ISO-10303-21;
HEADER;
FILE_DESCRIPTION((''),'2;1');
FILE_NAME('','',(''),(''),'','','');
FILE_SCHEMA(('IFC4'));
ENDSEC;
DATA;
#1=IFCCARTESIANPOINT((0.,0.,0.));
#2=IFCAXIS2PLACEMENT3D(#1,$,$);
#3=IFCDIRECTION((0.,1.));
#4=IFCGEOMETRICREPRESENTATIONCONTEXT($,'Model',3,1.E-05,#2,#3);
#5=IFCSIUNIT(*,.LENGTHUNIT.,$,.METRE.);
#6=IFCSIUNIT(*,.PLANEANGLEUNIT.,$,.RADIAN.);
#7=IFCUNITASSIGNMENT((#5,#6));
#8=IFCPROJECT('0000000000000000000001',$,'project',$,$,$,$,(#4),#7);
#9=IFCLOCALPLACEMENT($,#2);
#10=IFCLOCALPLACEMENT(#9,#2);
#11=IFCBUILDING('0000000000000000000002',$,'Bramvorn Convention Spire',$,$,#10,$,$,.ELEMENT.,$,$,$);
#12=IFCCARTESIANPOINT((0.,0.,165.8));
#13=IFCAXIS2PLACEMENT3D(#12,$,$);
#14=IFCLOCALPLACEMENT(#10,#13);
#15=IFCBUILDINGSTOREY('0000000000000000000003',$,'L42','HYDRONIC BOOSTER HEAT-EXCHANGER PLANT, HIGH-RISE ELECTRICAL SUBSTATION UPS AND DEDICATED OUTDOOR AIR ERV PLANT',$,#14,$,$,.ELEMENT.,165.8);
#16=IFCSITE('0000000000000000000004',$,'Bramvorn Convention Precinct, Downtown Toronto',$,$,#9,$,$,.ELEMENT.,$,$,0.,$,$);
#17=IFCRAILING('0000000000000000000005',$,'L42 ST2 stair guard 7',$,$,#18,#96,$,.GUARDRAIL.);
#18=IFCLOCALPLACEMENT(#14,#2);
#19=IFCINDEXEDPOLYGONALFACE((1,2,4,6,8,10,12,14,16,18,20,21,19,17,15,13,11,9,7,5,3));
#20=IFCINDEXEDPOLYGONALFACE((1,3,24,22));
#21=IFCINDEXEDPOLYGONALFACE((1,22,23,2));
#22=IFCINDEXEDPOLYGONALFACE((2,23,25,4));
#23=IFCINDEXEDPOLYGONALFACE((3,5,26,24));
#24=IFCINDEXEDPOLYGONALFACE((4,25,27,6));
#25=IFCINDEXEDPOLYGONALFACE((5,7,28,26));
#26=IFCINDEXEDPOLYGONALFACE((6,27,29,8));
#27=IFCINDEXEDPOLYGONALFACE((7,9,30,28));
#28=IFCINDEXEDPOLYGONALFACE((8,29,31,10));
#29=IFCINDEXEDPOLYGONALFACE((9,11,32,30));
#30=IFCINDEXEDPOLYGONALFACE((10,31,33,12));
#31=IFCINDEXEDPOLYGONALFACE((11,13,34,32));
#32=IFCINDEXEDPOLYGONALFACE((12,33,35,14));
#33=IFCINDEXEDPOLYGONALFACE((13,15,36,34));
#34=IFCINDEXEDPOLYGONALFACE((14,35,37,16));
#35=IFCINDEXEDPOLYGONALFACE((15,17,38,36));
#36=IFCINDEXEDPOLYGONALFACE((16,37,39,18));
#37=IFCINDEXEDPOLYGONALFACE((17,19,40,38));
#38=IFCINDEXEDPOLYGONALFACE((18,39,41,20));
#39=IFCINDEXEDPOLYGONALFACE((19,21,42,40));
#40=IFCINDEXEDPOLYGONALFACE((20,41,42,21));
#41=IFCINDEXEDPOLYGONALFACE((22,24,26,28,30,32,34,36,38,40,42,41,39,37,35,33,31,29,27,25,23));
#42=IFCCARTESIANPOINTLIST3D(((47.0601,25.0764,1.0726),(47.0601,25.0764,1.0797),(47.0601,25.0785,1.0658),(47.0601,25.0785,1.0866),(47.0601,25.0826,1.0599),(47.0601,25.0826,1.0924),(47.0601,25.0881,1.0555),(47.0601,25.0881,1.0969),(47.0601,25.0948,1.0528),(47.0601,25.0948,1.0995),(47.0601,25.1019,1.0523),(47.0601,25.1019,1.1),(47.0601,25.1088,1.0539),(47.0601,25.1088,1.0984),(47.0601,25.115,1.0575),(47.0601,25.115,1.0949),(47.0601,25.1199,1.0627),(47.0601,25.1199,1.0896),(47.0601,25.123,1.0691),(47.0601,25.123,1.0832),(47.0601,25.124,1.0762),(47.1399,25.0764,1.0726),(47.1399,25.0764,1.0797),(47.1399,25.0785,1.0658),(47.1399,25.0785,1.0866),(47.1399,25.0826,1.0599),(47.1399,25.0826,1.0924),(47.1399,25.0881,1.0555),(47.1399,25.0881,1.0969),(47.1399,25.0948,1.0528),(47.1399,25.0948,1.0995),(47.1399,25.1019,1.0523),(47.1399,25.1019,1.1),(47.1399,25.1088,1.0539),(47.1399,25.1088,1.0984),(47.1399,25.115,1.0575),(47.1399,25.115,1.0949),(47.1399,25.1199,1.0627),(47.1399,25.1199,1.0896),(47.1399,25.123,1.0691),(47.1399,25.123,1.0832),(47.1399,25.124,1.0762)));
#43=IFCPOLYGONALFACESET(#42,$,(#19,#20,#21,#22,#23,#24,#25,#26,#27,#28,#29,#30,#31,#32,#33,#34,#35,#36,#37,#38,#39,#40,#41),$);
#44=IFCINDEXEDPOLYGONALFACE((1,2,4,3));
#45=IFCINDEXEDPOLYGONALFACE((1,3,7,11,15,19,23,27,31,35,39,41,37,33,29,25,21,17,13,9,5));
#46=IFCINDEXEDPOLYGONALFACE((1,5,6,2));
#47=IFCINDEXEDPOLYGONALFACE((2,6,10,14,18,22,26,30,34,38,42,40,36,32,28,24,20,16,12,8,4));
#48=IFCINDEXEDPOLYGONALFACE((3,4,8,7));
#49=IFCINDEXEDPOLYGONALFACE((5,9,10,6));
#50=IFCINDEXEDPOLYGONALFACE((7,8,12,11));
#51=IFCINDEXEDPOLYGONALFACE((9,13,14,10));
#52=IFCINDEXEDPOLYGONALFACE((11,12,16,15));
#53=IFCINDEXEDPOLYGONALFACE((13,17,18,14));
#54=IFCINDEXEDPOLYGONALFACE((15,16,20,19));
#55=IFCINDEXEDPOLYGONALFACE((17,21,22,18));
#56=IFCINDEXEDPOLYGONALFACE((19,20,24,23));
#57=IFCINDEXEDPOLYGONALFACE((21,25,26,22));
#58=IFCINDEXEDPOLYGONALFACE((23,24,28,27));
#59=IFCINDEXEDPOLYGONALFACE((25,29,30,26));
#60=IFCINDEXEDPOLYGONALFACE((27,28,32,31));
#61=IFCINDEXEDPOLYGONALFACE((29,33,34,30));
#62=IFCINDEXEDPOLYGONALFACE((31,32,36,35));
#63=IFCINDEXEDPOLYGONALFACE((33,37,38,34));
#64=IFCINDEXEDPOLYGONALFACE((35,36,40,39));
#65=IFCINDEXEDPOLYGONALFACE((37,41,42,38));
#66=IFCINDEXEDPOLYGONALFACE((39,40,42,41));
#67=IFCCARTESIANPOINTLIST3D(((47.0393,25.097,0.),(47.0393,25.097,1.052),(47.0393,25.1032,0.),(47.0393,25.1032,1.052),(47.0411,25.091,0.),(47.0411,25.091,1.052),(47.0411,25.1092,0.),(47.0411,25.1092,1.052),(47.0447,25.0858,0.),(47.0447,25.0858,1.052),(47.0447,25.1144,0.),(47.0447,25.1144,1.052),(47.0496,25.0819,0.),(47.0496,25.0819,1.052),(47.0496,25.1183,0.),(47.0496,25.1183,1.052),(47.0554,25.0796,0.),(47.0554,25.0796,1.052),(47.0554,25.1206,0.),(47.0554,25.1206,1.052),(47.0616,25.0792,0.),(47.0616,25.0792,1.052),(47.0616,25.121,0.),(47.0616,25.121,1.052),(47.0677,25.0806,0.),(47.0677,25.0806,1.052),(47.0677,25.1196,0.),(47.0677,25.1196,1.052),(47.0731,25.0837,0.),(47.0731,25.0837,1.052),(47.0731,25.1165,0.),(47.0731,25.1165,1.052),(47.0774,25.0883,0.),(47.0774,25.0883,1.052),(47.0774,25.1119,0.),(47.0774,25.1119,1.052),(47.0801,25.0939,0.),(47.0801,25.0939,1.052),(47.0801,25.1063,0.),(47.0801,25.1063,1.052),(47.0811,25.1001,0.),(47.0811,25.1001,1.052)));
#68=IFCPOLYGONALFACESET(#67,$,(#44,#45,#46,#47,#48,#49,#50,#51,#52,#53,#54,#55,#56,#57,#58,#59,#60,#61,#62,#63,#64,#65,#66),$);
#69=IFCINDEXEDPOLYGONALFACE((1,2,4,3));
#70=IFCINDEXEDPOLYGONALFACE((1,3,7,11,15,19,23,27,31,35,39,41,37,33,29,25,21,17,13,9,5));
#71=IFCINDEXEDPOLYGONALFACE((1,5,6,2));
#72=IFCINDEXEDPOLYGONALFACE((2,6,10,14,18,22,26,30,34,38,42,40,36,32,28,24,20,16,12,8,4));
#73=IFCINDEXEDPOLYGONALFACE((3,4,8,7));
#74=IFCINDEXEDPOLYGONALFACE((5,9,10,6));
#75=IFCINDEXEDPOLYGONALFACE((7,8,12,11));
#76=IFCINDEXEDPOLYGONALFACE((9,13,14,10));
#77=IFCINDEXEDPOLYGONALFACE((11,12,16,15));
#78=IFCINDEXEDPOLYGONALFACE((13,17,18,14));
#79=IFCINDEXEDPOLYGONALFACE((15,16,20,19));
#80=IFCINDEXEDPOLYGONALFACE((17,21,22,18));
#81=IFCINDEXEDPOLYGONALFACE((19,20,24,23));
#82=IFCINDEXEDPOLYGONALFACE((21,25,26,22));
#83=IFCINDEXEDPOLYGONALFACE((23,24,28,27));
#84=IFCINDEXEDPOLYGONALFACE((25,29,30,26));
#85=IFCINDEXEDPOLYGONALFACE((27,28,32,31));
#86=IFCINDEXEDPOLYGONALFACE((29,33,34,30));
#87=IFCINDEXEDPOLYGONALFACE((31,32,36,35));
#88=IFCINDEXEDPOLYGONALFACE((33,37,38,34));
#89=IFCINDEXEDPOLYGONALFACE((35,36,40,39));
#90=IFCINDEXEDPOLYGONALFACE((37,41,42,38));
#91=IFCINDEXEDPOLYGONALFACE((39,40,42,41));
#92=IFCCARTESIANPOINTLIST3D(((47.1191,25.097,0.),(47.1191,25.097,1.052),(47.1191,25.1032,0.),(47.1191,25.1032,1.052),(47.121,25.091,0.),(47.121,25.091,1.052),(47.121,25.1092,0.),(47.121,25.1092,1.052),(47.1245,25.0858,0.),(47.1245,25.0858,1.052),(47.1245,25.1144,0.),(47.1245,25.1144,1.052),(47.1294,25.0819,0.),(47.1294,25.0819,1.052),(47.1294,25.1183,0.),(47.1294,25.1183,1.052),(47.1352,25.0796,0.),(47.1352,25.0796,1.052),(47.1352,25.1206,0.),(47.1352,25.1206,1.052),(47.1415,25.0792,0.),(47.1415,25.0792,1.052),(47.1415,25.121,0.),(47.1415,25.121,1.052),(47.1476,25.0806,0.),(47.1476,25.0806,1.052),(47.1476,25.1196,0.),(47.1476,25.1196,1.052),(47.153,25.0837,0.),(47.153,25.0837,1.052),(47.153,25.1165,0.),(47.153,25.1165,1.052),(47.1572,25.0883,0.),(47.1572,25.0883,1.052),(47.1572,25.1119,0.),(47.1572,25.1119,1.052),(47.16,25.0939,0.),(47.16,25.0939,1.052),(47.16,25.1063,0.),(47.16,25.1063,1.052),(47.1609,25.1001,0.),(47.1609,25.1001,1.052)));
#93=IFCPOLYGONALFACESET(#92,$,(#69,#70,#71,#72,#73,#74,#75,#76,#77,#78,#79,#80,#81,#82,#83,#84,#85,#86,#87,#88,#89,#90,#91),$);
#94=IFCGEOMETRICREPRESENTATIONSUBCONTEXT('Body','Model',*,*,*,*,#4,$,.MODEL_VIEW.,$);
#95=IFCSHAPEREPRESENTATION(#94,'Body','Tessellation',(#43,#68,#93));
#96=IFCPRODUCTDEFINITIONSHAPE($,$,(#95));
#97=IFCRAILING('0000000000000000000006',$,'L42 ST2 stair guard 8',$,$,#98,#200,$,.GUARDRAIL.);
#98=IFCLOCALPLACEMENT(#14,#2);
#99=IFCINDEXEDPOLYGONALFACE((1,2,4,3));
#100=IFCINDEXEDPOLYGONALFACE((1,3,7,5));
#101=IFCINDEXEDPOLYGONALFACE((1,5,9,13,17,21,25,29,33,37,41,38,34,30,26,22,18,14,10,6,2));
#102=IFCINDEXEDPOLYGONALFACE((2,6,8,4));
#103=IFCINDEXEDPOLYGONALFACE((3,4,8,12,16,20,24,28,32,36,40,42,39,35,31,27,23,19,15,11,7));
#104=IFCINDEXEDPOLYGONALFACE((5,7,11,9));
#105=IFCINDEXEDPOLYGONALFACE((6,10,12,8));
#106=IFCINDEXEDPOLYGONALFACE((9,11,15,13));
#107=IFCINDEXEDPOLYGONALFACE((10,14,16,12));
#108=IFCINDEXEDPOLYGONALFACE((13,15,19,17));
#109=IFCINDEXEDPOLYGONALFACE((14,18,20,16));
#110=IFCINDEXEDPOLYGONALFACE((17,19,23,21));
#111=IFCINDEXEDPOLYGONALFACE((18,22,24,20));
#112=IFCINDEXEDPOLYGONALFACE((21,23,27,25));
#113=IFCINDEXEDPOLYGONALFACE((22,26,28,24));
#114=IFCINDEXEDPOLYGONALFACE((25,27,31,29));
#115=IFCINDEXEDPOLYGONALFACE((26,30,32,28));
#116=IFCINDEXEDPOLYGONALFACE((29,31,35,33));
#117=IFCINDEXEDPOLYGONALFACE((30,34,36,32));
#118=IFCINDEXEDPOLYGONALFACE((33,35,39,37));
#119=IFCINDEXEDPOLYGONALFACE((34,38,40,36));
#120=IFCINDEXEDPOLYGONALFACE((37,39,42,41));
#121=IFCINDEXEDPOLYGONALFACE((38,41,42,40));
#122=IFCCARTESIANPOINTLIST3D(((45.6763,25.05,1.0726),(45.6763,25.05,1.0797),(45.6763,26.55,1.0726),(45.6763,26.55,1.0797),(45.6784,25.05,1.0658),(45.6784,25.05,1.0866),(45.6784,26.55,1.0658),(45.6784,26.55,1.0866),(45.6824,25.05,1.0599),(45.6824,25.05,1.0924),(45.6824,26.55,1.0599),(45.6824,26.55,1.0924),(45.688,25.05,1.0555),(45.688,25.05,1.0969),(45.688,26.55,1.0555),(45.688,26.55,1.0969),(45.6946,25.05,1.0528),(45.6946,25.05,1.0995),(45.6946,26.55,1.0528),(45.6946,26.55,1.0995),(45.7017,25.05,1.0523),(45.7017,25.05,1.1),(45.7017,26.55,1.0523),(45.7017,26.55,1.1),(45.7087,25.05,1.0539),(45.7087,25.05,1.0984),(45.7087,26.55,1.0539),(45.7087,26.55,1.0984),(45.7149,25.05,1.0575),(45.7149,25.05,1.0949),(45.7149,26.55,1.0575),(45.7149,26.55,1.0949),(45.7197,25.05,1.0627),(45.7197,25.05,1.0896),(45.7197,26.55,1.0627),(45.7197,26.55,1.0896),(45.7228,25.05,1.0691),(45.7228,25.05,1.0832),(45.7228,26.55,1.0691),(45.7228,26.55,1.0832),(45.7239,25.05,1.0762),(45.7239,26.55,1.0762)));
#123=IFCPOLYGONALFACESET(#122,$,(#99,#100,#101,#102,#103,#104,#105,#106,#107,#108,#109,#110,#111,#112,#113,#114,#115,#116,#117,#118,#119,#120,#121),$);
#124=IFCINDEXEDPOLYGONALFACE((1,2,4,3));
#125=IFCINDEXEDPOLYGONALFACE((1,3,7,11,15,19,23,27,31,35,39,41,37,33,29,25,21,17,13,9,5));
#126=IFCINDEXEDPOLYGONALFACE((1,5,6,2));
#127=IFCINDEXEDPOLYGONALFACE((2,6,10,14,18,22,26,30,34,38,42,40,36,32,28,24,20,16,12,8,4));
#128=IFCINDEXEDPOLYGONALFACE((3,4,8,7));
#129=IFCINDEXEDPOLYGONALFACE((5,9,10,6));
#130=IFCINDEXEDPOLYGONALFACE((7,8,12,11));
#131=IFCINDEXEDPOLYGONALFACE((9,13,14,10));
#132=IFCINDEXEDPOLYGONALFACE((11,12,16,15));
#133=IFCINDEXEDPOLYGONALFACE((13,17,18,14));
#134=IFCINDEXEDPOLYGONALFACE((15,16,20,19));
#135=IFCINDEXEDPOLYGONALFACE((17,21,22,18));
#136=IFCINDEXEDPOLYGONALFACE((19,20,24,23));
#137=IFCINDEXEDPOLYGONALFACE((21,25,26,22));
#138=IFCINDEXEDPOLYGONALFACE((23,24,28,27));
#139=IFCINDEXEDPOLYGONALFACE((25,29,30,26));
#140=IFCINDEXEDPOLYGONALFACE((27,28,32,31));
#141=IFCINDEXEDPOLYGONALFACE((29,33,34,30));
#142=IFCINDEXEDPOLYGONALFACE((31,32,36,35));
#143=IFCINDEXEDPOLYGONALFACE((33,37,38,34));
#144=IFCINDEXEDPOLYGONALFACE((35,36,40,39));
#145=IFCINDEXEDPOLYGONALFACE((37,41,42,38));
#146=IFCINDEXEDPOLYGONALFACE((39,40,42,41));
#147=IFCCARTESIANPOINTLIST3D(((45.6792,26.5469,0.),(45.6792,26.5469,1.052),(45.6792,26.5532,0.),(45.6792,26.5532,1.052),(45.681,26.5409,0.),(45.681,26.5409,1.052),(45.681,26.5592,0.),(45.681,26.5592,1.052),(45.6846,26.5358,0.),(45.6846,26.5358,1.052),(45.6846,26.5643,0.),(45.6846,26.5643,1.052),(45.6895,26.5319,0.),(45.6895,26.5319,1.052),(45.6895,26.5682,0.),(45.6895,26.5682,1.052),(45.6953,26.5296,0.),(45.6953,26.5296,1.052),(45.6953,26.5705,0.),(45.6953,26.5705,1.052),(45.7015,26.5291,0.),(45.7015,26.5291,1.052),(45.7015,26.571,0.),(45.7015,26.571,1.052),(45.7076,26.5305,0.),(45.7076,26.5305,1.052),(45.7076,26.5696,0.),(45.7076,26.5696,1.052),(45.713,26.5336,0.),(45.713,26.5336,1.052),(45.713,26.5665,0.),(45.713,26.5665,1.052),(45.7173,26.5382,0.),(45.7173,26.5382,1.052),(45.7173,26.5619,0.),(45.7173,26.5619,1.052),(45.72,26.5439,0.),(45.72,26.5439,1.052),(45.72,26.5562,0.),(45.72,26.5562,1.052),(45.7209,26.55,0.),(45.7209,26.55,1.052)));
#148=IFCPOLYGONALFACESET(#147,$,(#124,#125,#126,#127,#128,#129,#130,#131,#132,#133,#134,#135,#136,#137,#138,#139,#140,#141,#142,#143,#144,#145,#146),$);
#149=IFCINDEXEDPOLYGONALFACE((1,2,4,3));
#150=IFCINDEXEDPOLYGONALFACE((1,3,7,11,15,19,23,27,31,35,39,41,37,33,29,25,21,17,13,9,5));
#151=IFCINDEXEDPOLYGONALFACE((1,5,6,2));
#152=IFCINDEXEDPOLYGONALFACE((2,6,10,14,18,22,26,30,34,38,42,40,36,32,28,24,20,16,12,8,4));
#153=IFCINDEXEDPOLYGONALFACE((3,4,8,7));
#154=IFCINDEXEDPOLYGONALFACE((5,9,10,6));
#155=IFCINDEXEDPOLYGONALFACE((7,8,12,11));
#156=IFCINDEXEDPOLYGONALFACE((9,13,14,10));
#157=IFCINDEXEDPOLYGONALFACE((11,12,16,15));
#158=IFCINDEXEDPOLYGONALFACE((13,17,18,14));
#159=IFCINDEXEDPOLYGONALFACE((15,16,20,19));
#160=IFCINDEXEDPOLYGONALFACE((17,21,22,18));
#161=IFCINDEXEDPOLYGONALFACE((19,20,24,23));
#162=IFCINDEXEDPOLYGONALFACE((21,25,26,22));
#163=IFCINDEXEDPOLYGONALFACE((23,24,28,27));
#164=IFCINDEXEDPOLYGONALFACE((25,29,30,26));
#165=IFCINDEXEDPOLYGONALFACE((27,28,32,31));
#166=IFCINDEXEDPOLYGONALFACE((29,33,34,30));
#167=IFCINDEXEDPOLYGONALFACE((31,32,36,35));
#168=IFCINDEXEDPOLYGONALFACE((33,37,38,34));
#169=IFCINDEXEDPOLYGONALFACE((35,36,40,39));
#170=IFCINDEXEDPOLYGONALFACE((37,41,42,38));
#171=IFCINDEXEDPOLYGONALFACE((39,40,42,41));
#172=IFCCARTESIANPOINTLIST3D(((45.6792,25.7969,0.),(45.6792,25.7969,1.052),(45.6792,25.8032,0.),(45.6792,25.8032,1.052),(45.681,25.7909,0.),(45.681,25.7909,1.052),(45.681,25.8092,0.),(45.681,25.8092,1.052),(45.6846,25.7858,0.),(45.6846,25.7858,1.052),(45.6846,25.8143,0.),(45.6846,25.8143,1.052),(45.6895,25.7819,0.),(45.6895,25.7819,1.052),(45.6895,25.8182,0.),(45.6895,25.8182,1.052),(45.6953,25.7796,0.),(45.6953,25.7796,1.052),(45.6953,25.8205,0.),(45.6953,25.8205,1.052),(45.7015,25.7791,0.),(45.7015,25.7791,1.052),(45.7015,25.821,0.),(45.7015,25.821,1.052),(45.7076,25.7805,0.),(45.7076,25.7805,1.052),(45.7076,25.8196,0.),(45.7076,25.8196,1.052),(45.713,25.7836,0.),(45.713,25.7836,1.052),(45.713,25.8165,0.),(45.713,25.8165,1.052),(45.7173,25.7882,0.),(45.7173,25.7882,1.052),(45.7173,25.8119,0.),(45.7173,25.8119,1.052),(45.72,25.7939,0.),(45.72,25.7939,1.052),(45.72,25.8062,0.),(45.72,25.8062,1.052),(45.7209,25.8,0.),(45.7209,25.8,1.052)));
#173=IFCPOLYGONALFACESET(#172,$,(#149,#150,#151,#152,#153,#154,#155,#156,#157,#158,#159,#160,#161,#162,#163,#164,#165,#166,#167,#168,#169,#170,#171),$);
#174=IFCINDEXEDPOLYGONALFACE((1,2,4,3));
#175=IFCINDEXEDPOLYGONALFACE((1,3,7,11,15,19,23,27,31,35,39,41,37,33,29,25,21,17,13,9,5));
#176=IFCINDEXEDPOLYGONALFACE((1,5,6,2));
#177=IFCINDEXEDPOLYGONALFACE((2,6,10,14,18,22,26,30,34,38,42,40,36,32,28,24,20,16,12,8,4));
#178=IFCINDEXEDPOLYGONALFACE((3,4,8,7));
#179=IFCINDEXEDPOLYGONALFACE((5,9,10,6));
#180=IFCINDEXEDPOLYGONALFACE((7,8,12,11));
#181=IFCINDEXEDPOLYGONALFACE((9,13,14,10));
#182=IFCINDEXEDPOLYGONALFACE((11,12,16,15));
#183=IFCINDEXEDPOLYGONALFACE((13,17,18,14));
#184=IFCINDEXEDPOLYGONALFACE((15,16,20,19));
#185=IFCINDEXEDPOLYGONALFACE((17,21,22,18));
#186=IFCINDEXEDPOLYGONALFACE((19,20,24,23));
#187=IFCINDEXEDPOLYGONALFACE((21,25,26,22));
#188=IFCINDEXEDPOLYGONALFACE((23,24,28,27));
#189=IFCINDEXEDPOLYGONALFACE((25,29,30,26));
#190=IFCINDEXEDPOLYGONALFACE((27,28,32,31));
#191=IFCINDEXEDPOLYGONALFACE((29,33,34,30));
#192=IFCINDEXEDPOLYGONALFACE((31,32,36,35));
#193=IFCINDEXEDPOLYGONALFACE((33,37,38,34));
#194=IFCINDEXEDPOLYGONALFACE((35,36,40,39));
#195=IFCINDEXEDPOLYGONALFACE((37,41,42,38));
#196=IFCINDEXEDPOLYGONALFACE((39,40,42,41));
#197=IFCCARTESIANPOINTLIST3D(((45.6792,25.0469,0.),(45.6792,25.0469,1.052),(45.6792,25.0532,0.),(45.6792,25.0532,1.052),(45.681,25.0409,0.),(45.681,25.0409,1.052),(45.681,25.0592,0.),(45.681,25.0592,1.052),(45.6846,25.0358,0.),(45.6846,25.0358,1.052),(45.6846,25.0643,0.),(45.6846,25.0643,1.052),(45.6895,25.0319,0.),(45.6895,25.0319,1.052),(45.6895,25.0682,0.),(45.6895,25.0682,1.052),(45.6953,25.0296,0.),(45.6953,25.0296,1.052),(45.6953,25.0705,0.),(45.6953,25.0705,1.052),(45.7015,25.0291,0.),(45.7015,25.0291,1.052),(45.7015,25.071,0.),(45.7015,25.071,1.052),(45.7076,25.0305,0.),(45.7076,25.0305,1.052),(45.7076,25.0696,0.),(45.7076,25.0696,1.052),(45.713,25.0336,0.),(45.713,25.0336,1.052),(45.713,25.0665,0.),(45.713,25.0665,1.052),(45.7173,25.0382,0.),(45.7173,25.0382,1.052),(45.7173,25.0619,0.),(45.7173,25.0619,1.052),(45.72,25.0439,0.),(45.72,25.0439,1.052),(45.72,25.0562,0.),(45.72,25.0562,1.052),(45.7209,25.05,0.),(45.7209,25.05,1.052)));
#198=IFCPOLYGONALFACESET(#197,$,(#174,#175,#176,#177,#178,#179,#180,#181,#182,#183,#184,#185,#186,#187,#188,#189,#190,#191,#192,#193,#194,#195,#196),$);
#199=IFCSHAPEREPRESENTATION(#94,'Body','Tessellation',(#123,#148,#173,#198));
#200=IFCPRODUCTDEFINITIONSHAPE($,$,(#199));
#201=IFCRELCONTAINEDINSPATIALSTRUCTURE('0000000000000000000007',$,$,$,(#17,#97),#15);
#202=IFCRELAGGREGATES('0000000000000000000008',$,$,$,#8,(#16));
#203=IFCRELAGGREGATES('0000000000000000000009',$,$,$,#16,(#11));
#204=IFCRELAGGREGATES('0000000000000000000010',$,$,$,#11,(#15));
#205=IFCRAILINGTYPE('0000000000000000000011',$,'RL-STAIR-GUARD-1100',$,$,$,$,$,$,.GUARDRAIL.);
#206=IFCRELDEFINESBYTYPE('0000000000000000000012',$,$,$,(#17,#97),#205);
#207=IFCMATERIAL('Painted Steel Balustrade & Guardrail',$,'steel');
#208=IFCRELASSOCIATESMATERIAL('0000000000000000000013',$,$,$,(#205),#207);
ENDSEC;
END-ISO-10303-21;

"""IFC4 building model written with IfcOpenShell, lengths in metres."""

from ifc_helpers import new_model, si_unit, direction, frame, origin, origin_2d, place, context, subcontext, project, spatial, circle, extrude, material, type_object, element, save


model = new_model("IFC4")

# Units and contexts
model_context = context("Model", 3, precision=1e-05, world=origin(), true_north=direction((0.0, 1.0)))
body_context = subcontext(model_context, "Body", "Model", "MODEL_VIEW")
ifc_project = project(units=[si_unit("LENGTHUNIT", "METRE"), si_unit("PLANEANGLEUNIT", "RADIAN")], contexts=[model_context])

# Site, building, storey
site_placement = place(None, origin())
site = spatial("IfcSite", under=ifc_project, at=site_placement, Name="Bramvorn Convention Precinct, Downtown Toronto", CompositionType="ELEMENT", RefElevation=0.0)
building_placement = place(site_placement, origin())
building = spatial("IfcBuilding", under=site, at=building_placement, Name="Bramvorn Convention Spire", CompositionType="ELEMENT")
storey_placement = place(building_placement, frame((0.0, 0.0, 165.8)))
storey = spatial("IfcBuildingStorey", under=building, at=storey_placement, Name="L42", Description="HYDRONIC BOOSTER HEAT-EXCHANGER PLANT, HIGH-RISE ELECTRICAL SUBSTATION UPS AND DEDICATED OUTDOOR AIR ERV PLANT", CompositionType="ELEMENT", Elevation=165.8)

# Railings
ifc_material_1 = material(Name="Painted Steel Balustrade & Guardrail", Category="steel")
railing_type_1 = type_object("IfcRailingType", Name="RL-STAIR-GUARD-1100", PredefinedType="GUARDRAIL", material=ifc_material_1)
railing_1_placement = place(storey_placement, frame((47.0601, 25.1001, 0.0)))
element("IfcRailing", 1, at=railing_1_placement, inside=storey, type_object=railing_type_1, Name="L42 ST2 stair guard 7", PredefinedType="GUARDRAIL", context=body_context, shape_type="SweptSolid", body=[
    extrude(circle(Radius=0.0239, at=origin_2d()), frame((0.0, 0.0, 1.0762), z_axis=(1.0, 0.0, 0.0), x_axis=(0.0, 1.0, 0.0)), (0.0, 0.0, 1.0), 0.0798),
    extrude(circle(Radius=0.021, at=origin_2d()), origin(), (0.0, 0.0, 1.0), 1.052),
    extrude(circle(Radius=0.021, at=origin_2d()), frame((0.0798, 0.0, 0.0)), (0.0, 0.0, 1.0), 1.052),
])
for number, where, name in (
    (2, (45.7, 26.55, 0.0), "L42 ST2 stair guard 8"),
):
    element("IfcRailing", number, at=place(storey_placement, frame(where)), inside=storey, type_object=railing_type_1, Name=name, PredefinedType="GUARDRAIL", context=body_context, shape_type="SweptSolid", body=[
        extrude(circle(Radius=0.0239, at=origin_2d()), frame((0.0, 0.0, 1.0762), z_axis=(0.0, -1.0, 0.0), x_axis=(1.0, 0.0, 0.0)), (0.0, 0.0, 1.0), 1.5),
        extrude(circle(Radius=0.021, at=origin_2d()), origin(), (0.0, 0.0, 1.0), 1.052),
        extrude(circle(Radius=0.021, at=origin_2d()), frame((0.0, -0.75, 0.0)), (0.0, 0.0, 1.0), 1.052),
        extrude(circle(Radius=0.021, at=origin_2d()), frame((0.0, -1.5, 0.0)), (0.0, 0.0, 1.0), 1.052),
    ])

save(model, "model.ifc")
